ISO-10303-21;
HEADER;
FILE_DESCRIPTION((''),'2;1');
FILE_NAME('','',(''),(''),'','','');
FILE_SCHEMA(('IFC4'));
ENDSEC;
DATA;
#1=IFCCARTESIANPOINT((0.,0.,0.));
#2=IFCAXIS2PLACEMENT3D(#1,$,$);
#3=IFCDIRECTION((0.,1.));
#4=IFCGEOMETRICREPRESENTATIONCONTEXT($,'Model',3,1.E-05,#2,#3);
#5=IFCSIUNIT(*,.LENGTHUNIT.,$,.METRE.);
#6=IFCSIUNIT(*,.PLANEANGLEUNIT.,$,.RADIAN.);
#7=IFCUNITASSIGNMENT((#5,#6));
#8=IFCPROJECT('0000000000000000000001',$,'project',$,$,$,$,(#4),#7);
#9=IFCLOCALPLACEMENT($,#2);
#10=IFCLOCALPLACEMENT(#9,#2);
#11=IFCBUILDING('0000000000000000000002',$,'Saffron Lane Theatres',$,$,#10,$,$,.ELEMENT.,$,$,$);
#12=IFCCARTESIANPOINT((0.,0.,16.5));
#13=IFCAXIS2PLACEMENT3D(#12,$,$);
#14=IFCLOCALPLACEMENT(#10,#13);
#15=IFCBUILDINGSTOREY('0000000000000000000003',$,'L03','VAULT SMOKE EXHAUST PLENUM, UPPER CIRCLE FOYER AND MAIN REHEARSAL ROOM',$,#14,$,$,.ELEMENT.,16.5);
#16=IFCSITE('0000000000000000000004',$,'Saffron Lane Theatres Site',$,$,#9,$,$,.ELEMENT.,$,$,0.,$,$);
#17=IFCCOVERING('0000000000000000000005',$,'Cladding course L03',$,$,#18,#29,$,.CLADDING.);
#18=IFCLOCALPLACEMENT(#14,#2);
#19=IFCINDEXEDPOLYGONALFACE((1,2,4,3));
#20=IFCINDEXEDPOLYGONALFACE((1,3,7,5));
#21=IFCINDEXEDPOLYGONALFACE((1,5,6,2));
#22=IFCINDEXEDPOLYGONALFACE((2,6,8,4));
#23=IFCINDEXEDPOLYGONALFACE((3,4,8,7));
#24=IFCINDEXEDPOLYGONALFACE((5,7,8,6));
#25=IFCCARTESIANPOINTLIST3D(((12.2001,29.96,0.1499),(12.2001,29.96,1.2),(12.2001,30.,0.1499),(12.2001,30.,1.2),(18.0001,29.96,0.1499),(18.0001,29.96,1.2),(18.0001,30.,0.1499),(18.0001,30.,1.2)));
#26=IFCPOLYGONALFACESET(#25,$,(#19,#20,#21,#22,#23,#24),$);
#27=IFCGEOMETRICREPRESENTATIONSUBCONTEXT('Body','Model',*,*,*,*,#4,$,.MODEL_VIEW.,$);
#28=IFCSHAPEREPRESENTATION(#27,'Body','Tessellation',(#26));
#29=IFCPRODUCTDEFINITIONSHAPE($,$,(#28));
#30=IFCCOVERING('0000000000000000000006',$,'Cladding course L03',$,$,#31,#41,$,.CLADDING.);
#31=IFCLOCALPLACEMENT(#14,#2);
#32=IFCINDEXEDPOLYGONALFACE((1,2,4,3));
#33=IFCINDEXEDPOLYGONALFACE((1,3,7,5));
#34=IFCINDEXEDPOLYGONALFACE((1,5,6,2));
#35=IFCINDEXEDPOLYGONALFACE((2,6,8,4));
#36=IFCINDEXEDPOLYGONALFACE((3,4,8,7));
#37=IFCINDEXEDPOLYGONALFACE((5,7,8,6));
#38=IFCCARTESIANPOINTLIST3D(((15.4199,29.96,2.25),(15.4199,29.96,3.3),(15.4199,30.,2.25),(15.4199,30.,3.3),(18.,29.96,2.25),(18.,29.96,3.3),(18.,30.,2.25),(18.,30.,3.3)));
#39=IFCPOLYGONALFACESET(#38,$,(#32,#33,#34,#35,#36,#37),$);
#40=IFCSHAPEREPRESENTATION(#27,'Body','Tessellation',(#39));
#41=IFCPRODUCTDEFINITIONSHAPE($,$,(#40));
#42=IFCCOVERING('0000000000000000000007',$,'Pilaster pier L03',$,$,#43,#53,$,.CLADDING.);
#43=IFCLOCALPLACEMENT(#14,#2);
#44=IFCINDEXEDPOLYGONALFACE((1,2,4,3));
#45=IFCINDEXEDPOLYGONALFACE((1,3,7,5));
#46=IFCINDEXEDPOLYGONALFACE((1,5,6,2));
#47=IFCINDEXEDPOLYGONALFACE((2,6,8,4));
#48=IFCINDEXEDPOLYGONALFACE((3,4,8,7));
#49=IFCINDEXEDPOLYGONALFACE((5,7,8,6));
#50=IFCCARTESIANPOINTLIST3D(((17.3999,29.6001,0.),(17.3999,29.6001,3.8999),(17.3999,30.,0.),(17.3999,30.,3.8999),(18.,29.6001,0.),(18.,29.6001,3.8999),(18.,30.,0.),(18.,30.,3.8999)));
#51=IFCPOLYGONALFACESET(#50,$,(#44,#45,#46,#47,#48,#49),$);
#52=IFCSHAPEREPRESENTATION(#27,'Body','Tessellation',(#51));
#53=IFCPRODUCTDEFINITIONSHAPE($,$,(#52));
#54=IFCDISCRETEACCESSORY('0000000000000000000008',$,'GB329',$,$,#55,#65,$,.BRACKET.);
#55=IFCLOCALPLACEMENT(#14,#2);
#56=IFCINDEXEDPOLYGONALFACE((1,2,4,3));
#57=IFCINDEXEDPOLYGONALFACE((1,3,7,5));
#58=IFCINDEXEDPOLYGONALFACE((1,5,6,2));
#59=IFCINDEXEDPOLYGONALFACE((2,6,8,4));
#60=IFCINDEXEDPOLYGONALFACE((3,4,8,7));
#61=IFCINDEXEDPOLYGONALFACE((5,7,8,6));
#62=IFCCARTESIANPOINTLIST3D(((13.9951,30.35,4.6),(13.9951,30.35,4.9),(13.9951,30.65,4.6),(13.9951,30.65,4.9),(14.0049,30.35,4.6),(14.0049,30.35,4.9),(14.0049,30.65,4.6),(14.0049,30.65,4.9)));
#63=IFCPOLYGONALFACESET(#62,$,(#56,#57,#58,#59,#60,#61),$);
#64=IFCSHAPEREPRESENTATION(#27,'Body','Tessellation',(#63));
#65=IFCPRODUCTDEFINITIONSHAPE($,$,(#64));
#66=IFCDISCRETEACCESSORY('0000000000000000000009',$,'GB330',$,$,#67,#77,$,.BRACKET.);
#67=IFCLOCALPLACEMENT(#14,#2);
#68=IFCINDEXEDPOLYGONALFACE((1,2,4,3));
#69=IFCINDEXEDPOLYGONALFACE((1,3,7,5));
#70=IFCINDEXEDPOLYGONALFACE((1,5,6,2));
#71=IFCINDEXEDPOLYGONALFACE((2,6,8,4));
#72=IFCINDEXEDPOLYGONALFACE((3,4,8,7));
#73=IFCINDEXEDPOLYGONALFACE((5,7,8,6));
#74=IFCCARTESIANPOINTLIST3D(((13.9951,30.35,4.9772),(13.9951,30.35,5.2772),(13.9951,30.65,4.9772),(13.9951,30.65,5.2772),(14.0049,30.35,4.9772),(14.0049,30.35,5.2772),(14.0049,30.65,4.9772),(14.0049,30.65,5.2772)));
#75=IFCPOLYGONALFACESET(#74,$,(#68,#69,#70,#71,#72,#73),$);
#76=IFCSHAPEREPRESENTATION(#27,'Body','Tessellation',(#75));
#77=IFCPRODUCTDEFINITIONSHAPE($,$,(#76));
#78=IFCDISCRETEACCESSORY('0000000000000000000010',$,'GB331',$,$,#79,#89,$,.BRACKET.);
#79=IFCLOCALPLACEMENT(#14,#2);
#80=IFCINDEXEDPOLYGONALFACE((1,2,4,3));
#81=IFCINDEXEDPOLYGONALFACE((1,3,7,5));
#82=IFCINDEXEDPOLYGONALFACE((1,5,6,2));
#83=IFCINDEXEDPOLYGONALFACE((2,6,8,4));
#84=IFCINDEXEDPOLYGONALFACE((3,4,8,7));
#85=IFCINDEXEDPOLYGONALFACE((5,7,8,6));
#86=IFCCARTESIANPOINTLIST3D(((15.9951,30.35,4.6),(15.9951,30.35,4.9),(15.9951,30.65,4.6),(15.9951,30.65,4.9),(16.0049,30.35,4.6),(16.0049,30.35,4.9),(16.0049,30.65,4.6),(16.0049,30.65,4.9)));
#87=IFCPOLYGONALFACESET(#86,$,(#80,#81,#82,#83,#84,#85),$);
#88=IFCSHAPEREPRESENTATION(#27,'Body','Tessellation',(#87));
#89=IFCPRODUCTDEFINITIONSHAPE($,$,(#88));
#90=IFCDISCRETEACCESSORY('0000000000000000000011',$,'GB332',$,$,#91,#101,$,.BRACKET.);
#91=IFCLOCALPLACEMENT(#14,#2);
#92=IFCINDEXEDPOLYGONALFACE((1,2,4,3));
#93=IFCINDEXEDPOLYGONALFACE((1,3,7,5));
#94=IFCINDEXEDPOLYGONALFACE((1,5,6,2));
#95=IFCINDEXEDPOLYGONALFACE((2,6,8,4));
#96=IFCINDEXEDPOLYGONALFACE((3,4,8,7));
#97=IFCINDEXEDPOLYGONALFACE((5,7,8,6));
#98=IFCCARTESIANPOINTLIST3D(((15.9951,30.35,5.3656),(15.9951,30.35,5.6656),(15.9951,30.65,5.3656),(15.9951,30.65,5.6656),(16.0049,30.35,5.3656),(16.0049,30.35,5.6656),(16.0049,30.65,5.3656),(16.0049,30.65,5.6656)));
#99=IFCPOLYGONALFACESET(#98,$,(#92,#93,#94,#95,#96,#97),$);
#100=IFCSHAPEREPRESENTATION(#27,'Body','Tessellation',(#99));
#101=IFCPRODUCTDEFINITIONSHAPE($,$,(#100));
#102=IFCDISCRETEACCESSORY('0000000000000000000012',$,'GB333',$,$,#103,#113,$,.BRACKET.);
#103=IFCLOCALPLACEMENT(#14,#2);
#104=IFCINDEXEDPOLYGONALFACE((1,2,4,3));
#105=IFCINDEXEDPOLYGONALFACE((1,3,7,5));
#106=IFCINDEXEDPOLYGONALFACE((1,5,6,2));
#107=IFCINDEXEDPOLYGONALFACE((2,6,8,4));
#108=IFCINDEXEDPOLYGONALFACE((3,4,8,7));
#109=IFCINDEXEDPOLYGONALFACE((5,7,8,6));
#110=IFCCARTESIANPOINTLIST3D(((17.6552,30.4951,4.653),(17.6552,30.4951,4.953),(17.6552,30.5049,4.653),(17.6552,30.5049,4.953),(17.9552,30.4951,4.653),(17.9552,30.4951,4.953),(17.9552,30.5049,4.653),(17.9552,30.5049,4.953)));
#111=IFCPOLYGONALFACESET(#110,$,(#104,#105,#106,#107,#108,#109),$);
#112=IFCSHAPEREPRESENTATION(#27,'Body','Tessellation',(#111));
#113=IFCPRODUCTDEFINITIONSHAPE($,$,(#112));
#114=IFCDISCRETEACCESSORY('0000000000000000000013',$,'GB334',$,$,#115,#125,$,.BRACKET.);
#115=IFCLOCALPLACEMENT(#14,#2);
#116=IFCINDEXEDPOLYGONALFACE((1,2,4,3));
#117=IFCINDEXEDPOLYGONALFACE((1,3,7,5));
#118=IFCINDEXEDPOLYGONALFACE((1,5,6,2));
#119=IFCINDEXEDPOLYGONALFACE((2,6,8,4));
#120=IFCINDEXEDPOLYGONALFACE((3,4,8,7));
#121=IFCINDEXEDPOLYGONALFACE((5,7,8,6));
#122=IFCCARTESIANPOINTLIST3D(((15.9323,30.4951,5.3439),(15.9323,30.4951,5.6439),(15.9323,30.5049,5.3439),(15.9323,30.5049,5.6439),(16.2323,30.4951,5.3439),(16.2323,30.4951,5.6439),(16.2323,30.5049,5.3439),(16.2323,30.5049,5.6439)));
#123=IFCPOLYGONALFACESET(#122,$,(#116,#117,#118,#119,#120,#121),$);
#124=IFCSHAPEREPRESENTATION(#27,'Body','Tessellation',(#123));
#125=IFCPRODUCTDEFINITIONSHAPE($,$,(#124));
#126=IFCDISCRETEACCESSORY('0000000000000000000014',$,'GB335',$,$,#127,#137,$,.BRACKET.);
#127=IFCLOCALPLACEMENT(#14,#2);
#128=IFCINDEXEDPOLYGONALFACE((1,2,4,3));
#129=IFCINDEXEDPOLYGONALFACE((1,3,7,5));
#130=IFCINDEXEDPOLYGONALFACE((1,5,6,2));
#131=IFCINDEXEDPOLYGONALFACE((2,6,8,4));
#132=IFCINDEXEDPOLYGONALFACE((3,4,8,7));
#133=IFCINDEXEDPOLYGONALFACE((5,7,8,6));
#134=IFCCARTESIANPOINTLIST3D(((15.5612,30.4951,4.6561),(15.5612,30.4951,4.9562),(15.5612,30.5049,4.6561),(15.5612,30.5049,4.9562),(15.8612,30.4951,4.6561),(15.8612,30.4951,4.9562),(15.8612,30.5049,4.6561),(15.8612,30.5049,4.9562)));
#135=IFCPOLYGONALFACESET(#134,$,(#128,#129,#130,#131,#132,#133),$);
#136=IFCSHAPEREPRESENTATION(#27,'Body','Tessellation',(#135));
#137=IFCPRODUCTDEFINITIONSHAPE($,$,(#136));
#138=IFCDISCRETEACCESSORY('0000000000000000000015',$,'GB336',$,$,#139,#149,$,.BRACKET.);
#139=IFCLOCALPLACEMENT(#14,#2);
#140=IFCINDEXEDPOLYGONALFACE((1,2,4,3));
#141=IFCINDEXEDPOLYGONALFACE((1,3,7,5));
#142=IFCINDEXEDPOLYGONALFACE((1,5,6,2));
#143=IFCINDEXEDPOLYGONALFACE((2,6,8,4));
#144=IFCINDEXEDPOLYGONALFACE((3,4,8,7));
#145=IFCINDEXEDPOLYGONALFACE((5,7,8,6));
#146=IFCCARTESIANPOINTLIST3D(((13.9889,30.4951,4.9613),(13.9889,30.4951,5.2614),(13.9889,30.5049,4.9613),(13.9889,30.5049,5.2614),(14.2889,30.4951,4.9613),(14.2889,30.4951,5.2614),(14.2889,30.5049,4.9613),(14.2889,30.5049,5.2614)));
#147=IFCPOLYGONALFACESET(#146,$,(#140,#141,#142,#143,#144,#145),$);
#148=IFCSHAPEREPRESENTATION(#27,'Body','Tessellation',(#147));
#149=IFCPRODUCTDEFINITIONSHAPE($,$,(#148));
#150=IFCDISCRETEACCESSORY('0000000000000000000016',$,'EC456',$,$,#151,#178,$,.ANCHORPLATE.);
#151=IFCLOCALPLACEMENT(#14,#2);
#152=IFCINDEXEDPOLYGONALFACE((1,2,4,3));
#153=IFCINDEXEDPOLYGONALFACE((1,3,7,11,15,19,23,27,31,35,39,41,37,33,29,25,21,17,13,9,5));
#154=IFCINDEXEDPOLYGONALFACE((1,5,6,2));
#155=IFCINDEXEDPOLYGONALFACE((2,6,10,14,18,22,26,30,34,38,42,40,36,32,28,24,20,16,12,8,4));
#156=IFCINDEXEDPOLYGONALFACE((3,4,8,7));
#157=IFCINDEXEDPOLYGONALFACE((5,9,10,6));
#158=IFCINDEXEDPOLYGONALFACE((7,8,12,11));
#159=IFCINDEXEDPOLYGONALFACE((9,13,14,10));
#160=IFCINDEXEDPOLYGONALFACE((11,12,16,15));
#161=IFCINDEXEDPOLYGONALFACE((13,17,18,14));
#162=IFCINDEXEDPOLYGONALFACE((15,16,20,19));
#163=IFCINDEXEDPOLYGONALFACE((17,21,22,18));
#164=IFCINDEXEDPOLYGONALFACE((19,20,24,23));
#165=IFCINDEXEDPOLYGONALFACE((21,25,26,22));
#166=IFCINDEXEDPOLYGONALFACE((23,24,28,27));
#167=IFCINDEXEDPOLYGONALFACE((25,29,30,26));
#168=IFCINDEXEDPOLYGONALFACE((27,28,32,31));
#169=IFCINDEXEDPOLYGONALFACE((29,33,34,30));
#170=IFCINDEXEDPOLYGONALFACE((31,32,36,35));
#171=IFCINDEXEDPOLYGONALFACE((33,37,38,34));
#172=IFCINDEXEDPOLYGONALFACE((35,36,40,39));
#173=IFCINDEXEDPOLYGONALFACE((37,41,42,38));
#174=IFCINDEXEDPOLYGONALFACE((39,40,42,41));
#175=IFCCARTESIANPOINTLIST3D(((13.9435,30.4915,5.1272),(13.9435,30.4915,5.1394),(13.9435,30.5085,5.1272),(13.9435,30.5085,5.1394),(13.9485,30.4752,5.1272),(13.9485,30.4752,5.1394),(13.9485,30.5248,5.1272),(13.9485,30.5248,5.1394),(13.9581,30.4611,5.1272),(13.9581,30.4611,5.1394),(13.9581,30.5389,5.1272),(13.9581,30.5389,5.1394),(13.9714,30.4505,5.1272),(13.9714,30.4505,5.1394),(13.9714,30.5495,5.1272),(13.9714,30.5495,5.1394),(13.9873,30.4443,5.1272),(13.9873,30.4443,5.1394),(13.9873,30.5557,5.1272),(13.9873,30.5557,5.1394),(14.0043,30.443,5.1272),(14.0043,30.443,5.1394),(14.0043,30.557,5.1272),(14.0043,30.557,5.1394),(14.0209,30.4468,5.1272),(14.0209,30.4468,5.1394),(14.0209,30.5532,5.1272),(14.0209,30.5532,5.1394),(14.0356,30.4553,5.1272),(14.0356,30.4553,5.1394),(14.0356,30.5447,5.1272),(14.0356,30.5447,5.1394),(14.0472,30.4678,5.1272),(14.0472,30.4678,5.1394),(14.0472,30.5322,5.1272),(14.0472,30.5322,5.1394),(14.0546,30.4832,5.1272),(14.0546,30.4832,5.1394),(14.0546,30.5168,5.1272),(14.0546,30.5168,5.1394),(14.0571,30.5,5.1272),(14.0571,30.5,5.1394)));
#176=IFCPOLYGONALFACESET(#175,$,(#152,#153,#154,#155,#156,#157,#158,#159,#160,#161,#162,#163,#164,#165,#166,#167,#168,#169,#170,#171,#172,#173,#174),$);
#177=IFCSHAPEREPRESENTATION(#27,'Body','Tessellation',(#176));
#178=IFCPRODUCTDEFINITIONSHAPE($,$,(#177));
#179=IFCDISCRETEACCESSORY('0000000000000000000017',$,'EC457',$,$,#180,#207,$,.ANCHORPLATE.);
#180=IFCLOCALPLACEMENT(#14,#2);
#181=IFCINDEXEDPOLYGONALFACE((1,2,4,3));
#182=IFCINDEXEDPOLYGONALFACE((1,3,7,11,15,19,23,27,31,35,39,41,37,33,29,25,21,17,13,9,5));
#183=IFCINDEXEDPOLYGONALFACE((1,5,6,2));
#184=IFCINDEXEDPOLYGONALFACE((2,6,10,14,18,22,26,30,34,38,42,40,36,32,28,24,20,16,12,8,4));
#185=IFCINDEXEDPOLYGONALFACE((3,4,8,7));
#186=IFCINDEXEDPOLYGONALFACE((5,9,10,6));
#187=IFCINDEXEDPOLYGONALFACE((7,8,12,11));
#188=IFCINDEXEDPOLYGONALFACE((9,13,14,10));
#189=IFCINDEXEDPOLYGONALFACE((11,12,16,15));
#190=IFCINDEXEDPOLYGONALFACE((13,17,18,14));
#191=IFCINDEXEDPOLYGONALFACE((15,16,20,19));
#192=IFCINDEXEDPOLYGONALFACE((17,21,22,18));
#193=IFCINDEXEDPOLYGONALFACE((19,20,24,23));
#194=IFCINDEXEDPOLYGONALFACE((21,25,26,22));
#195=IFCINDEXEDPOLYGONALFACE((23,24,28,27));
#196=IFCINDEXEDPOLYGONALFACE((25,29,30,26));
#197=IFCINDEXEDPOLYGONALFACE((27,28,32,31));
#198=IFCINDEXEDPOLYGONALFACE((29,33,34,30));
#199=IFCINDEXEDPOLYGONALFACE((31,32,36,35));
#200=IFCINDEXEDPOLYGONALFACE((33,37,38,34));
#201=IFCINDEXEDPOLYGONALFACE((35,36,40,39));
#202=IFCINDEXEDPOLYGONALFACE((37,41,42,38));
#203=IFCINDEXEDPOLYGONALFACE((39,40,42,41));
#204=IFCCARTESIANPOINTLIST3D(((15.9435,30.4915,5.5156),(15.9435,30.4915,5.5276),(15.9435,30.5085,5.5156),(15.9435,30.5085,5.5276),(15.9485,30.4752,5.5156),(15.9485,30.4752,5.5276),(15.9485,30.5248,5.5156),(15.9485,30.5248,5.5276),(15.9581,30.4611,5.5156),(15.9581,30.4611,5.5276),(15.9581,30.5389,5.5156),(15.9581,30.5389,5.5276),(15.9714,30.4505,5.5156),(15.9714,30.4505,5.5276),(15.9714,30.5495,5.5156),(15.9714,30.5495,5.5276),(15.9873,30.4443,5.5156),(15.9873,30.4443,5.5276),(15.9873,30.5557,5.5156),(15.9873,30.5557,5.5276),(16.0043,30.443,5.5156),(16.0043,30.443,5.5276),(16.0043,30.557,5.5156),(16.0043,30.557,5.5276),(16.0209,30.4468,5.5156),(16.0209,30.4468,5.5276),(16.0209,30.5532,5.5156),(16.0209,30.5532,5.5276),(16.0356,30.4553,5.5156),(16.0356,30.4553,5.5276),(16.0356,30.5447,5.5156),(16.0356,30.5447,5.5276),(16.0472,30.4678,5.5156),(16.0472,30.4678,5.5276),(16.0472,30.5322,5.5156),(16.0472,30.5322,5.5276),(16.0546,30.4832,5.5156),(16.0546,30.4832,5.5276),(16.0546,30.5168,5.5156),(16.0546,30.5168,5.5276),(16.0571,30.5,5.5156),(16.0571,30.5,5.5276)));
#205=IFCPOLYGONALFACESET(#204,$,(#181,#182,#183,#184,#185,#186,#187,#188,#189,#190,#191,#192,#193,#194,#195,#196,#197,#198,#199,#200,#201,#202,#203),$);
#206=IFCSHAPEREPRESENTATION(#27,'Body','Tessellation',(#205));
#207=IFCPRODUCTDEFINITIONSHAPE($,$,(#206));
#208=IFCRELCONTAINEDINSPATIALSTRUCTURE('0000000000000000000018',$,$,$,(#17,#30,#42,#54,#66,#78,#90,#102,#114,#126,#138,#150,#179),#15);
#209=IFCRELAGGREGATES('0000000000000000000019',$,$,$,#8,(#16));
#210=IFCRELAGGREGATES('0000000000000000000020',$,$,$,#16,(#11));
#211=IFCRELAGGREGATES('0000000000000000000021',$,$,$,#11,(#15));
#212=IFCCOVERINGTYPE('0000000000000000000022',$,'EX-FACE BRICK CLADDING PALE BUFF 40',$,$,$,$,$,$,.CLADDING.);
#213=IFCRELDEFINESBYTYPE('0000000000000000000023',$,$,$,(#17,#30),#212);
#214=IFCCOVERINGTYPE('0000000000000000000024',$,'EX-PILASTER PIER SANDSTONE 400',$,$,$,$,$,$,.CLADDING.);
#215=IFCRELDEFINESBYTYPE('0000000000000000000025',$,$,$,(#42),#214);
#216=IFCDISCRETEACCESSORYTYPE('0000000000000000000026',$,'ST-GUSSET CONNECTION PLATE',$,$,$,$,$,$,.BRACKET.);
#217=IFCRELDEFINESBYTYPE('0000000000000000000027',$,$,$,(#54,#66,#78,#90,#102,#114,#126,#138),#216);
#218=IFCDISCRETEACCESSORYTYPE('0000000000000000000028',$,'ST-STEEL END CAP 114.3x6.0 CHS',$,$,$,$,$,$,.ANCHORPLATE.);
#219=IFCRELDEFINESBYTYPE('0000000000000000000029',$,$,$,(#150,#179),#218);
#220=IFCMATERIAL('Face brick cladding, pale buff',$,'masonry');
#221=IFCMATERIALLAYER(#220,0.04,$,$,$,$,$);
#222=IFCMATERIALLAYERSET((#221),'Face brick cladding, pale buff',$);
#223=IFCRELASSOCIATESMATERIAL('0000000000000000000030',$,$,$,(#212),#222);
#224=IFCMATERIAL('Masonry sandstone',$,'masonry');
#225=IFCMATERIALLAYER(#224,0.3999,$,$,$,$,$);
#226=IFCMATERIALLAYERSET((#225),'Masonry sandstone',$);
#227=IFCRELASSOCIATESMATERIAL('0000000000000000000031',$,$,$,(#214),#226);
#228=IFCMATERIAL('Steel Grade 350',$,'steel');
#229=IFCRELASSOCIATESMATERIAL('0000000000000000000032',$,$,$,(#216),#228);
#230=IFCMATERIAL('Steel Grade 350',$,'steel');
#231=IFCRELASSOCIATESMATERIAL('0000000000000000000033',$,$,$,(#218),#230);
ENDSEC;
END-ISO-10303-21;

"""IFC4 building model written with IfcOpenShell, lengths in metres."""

from ifc_helpers import new_model, si_unit, direction, frame, origin, origin_2d, place, context, subcontext, project, spatial, rectangle, circle, extrude, material, layer, layer_set, material_profile, profile_set, type_object, element, save


model = new_model("IFC4")

# Units and contexts
model_context = context("Model", 3, precision=1e-05, world=origin(), true_north=direction((0.0, 1.0)))
body_context = subcontext(model_context, "Body", "Model", "MODEL_VIEW")
ifc_project = project(units=[si_unit("LENGTHUNIT", "METRE"), si_unit("PLANEANGLEUNIT", "RADIAN")], contexts=[model_context])

# Site, building, storey
site_placement = place(None, origin())
site = spatial("IfcSite", under=ifc_project, at=site_placement, Name="Saffron Lane Theatres Site", CompositionType="ELEMENT", RefElevation=0.0)
building_placement = place(site_placement, origin())
building = spatial("IfcBuilding", under=site, at=building_placement, Name="Saffron Lane Theatres", CompositionType="ELEMENT")
storey_placement = place(building_placement, frame((0.0, 0.0, 16.5)))
storey = spatial("IfcBuildingStorey", under=building, at=storey_placement, Name="L03", Description="VAULT SMOKE EXHAUST PLENUM, UPPER CIRCLE FOYER AND MAIN REHEARSAL ROOM", CompositionType="ELEMENT", Elevation=16.5)

# Coverings
ifc_material_1 = material(Name="Face brick cladding, pale buff", Category="masonry")
ifc_layer_1 = layer(ifc_material_1, 0.04)
ifc_layer_set_1 = layer_set([ifc_layer_1], Name="Face brick cladding, pale buff")
covering_type_1 = type_object("IfcCoveringType", Name="EX-FACE BRICK CLADDING PALE BUFF 40", PredefinedType="CLADDING", material=ifc_layer_set_1)
covering_1_placement = place(storey_placement, frame((15.1001, 29.98, 0.1499), z_axis=(0.0, 0.0, 1.0), x_axis=(-1.0, 0.0, 0.0)))
element("IfcCovering", 1, at=covering_1_placement, inside=storey, type_object=covering_type_1, Name="Cladding course L03", PredefinedType="CLADDING", context=body_context, shape_type="SweptSolid", body=[
    extrude(rectangle(XDim=5.8, YDim=0.04, at=origin_2d()), origin(), (0.0, 0.0, 1.0), 1.05),
])
covering_2_placement = place(storey_placement, frame((16.71, 29.98, 2.25), z_axis=(0.0, 0.0, 1.0), x_axis=(-1.0, 0.0, 0.0)))
element("IfcCovering", 2, at=covering_2_placement, inside=storey, type_object=covering_type_1, Name="Cladding course L03", PredefinedType="CLADDING", context=body_context, shape_type="SweptSolid", body=[
    extrude(rectangle(XDim=2.5801, YDim=0.04, at=origin_2d()), origin(), (0.0, 0.0, 1.0), 1.05),
])
ifc_material_2 = material(Name="Masonry sandstone", Category="masonry")
ifc_layer_2 = layer(ifc_material_2, 0.3999)
ifc_layer_set_2 = layer_set([ifc_layer_2], Name="Masonry sandstone")
covering_type_2 = type_object("IfcCoveringType", Name="EX-PILASTER PIER SANDSTONE 400", PredefinedType="CLADDING", material=ifc_layer_set_2)
covering_3_placement = place(storey_placement, frame((17.7, 29.8, 0.0), z_axis=(0.0, 0.0, 1.0), x_axis=(-1.0, 0.0, 0.0)))
element("IfcCovering", 3, at=covering_3_placement, inside=storey, type_object=covering_type_2, Name="Pilaster pier L03", PredefinedType="CLADDING", context=body_context, shape_type="SweptSolid", body=[
    extrude(rectangle(XDim=0.6001, YDim=0.3999, at=origin_2d()), origin(), (0.0, 0.0, 1.0), 3.8999),
])

# Discrete accessories
ifc_material_3 = material(Name="Steel Grade 350", Category="steel")
ifc_material_profile_1 = material_profile(ifc_material_3, rectangle(XDim=0.3, YDim=0.3, at=origin_2d()))
ifc_profile_set_1 = profile_set([ifc_material_profile_1], Name="Steel Grade 350")
discrete_accessory_type_1 = type_object("IfcDiscreteAccessoryType", Name="ST-GUSSET CONNECTION PLATE", PredefinedType="BRACKET", material=ifc_profile_set_1)
for number, where, z_axis, x_axis, name in (
    (4, (13.9951, 30.5, 4.75), (1.0, 0.0, 0.0), (0.0, 1.0, 0.0), "GB329"),
    (5, (13.9951, 30.5, 5.1272), (1.0, 0.0, 0.0), (0.0, 1.0, 0.0), "GB330"),
    (6, (15.9951, 30.5, 4.75), (1.0, 0.0, 0.0), (0.0, 1.0, 0.0), "GB331"),
    (7, (15.9951, 30.5, 5.5156), (1.0, 0.0, 0.0), (0.0, 1.0, 0.0), "GB332"),
    (8, (17.8052, 30.4951, 4.803), (0.0, 1.0, 0.0), (-1.0, 0.0, 0.0), "GB333"),
    (9, (16.0823, 30.4951, 5.4939), (0.0, 1.0, 0.0), (-1.0, 0.0, 0.0), "GB334"),
    (10, (15.7112, 30.4951, 4.8062), (0.0, 1.0, 0.0), (-1.0, 0.0, 0.0), "GB335"),
    (11, (14.1389, 30.4951, 5.1113), (0.0, 1.0, 0.0), (-1.0, 0.0, 0.0), "GB336"),
):
    element("IfcDiscreteAccessory", number, at=place(storey_placement, frame(where, z_axis=z_axis, x_axis=x_axis)), inside=storey, type_object=discrete_accessory_type_1, Name=name, PredefinedType="BRACKET", context=body_context, shape_type="SweptSolid", body=[
        extrude(rectangle(XDim=0.3, YDim=0.3, at=origin_2d()), origin(), (0.0, 0.0, 1.0), 0.0098),
    ])
ifc_material_4 = material(Name="Steel Grade 350", Category="steel")
ifc_material_profile_2 = material_profile(ifc_material_4, circle(Radius=0.0571, at=origin_2d()))
ifc_profile_set_2 = profile_set([ifc_material_profile_2], Name="Steel Grade 350")
discrete_accessory_type_2 = type_object("IfcDiscreteAccessoryType", Name="ST-STEEL END CAP 114.3x6.0 CHS", PredefinedType="ANCHORPLATE", material=ifc_profile_set_2)
discrete_accessory_1_placement = place(storey_placement, frame((14.0, 30.5, 5.1272), z_axis=(0.0, 0.0, 1.0), x_axis=(1.0, 0.0, 0.0)))
element("IfcDiscreteAccessory", 12, at=discrete_accessory_1_placement, inside=storey, type_object=discrete_accessory_type_2, Name="EC456", PredefinedType="ANCHORPLATE", context=body_context, shape_type="SweptSolid", body=[
    extrude(circle(Radius=0.0571, at=origin_2d()), origin(), (0.0, 0.0, 1.0), 0.0122),
])
for number, where, z_axis, x_axis, name in (
    (13, (16.0, 30.5, 5.5156), (0.0, 0.0, 1.0), (1.0, 0.0, 0.0), "EC457"),
):
    element("IfcDiscreteAccessory", number, at=place(storey_placement, frame(where, z_axis=z_axis, x_axis=x_axis)), inside=storey, type_object=discrete_accessory_type_2, Name=name, PredefinedType="ANCHORPLATE", context=body_context, shape_type="SweptSolid", body=[
        extrude(circle(Radius=0.0571, at=origin_2d()), origin(), (0.0, 0.0, 1.0), 0.012),
    ])

save(model, "model.ifc")
